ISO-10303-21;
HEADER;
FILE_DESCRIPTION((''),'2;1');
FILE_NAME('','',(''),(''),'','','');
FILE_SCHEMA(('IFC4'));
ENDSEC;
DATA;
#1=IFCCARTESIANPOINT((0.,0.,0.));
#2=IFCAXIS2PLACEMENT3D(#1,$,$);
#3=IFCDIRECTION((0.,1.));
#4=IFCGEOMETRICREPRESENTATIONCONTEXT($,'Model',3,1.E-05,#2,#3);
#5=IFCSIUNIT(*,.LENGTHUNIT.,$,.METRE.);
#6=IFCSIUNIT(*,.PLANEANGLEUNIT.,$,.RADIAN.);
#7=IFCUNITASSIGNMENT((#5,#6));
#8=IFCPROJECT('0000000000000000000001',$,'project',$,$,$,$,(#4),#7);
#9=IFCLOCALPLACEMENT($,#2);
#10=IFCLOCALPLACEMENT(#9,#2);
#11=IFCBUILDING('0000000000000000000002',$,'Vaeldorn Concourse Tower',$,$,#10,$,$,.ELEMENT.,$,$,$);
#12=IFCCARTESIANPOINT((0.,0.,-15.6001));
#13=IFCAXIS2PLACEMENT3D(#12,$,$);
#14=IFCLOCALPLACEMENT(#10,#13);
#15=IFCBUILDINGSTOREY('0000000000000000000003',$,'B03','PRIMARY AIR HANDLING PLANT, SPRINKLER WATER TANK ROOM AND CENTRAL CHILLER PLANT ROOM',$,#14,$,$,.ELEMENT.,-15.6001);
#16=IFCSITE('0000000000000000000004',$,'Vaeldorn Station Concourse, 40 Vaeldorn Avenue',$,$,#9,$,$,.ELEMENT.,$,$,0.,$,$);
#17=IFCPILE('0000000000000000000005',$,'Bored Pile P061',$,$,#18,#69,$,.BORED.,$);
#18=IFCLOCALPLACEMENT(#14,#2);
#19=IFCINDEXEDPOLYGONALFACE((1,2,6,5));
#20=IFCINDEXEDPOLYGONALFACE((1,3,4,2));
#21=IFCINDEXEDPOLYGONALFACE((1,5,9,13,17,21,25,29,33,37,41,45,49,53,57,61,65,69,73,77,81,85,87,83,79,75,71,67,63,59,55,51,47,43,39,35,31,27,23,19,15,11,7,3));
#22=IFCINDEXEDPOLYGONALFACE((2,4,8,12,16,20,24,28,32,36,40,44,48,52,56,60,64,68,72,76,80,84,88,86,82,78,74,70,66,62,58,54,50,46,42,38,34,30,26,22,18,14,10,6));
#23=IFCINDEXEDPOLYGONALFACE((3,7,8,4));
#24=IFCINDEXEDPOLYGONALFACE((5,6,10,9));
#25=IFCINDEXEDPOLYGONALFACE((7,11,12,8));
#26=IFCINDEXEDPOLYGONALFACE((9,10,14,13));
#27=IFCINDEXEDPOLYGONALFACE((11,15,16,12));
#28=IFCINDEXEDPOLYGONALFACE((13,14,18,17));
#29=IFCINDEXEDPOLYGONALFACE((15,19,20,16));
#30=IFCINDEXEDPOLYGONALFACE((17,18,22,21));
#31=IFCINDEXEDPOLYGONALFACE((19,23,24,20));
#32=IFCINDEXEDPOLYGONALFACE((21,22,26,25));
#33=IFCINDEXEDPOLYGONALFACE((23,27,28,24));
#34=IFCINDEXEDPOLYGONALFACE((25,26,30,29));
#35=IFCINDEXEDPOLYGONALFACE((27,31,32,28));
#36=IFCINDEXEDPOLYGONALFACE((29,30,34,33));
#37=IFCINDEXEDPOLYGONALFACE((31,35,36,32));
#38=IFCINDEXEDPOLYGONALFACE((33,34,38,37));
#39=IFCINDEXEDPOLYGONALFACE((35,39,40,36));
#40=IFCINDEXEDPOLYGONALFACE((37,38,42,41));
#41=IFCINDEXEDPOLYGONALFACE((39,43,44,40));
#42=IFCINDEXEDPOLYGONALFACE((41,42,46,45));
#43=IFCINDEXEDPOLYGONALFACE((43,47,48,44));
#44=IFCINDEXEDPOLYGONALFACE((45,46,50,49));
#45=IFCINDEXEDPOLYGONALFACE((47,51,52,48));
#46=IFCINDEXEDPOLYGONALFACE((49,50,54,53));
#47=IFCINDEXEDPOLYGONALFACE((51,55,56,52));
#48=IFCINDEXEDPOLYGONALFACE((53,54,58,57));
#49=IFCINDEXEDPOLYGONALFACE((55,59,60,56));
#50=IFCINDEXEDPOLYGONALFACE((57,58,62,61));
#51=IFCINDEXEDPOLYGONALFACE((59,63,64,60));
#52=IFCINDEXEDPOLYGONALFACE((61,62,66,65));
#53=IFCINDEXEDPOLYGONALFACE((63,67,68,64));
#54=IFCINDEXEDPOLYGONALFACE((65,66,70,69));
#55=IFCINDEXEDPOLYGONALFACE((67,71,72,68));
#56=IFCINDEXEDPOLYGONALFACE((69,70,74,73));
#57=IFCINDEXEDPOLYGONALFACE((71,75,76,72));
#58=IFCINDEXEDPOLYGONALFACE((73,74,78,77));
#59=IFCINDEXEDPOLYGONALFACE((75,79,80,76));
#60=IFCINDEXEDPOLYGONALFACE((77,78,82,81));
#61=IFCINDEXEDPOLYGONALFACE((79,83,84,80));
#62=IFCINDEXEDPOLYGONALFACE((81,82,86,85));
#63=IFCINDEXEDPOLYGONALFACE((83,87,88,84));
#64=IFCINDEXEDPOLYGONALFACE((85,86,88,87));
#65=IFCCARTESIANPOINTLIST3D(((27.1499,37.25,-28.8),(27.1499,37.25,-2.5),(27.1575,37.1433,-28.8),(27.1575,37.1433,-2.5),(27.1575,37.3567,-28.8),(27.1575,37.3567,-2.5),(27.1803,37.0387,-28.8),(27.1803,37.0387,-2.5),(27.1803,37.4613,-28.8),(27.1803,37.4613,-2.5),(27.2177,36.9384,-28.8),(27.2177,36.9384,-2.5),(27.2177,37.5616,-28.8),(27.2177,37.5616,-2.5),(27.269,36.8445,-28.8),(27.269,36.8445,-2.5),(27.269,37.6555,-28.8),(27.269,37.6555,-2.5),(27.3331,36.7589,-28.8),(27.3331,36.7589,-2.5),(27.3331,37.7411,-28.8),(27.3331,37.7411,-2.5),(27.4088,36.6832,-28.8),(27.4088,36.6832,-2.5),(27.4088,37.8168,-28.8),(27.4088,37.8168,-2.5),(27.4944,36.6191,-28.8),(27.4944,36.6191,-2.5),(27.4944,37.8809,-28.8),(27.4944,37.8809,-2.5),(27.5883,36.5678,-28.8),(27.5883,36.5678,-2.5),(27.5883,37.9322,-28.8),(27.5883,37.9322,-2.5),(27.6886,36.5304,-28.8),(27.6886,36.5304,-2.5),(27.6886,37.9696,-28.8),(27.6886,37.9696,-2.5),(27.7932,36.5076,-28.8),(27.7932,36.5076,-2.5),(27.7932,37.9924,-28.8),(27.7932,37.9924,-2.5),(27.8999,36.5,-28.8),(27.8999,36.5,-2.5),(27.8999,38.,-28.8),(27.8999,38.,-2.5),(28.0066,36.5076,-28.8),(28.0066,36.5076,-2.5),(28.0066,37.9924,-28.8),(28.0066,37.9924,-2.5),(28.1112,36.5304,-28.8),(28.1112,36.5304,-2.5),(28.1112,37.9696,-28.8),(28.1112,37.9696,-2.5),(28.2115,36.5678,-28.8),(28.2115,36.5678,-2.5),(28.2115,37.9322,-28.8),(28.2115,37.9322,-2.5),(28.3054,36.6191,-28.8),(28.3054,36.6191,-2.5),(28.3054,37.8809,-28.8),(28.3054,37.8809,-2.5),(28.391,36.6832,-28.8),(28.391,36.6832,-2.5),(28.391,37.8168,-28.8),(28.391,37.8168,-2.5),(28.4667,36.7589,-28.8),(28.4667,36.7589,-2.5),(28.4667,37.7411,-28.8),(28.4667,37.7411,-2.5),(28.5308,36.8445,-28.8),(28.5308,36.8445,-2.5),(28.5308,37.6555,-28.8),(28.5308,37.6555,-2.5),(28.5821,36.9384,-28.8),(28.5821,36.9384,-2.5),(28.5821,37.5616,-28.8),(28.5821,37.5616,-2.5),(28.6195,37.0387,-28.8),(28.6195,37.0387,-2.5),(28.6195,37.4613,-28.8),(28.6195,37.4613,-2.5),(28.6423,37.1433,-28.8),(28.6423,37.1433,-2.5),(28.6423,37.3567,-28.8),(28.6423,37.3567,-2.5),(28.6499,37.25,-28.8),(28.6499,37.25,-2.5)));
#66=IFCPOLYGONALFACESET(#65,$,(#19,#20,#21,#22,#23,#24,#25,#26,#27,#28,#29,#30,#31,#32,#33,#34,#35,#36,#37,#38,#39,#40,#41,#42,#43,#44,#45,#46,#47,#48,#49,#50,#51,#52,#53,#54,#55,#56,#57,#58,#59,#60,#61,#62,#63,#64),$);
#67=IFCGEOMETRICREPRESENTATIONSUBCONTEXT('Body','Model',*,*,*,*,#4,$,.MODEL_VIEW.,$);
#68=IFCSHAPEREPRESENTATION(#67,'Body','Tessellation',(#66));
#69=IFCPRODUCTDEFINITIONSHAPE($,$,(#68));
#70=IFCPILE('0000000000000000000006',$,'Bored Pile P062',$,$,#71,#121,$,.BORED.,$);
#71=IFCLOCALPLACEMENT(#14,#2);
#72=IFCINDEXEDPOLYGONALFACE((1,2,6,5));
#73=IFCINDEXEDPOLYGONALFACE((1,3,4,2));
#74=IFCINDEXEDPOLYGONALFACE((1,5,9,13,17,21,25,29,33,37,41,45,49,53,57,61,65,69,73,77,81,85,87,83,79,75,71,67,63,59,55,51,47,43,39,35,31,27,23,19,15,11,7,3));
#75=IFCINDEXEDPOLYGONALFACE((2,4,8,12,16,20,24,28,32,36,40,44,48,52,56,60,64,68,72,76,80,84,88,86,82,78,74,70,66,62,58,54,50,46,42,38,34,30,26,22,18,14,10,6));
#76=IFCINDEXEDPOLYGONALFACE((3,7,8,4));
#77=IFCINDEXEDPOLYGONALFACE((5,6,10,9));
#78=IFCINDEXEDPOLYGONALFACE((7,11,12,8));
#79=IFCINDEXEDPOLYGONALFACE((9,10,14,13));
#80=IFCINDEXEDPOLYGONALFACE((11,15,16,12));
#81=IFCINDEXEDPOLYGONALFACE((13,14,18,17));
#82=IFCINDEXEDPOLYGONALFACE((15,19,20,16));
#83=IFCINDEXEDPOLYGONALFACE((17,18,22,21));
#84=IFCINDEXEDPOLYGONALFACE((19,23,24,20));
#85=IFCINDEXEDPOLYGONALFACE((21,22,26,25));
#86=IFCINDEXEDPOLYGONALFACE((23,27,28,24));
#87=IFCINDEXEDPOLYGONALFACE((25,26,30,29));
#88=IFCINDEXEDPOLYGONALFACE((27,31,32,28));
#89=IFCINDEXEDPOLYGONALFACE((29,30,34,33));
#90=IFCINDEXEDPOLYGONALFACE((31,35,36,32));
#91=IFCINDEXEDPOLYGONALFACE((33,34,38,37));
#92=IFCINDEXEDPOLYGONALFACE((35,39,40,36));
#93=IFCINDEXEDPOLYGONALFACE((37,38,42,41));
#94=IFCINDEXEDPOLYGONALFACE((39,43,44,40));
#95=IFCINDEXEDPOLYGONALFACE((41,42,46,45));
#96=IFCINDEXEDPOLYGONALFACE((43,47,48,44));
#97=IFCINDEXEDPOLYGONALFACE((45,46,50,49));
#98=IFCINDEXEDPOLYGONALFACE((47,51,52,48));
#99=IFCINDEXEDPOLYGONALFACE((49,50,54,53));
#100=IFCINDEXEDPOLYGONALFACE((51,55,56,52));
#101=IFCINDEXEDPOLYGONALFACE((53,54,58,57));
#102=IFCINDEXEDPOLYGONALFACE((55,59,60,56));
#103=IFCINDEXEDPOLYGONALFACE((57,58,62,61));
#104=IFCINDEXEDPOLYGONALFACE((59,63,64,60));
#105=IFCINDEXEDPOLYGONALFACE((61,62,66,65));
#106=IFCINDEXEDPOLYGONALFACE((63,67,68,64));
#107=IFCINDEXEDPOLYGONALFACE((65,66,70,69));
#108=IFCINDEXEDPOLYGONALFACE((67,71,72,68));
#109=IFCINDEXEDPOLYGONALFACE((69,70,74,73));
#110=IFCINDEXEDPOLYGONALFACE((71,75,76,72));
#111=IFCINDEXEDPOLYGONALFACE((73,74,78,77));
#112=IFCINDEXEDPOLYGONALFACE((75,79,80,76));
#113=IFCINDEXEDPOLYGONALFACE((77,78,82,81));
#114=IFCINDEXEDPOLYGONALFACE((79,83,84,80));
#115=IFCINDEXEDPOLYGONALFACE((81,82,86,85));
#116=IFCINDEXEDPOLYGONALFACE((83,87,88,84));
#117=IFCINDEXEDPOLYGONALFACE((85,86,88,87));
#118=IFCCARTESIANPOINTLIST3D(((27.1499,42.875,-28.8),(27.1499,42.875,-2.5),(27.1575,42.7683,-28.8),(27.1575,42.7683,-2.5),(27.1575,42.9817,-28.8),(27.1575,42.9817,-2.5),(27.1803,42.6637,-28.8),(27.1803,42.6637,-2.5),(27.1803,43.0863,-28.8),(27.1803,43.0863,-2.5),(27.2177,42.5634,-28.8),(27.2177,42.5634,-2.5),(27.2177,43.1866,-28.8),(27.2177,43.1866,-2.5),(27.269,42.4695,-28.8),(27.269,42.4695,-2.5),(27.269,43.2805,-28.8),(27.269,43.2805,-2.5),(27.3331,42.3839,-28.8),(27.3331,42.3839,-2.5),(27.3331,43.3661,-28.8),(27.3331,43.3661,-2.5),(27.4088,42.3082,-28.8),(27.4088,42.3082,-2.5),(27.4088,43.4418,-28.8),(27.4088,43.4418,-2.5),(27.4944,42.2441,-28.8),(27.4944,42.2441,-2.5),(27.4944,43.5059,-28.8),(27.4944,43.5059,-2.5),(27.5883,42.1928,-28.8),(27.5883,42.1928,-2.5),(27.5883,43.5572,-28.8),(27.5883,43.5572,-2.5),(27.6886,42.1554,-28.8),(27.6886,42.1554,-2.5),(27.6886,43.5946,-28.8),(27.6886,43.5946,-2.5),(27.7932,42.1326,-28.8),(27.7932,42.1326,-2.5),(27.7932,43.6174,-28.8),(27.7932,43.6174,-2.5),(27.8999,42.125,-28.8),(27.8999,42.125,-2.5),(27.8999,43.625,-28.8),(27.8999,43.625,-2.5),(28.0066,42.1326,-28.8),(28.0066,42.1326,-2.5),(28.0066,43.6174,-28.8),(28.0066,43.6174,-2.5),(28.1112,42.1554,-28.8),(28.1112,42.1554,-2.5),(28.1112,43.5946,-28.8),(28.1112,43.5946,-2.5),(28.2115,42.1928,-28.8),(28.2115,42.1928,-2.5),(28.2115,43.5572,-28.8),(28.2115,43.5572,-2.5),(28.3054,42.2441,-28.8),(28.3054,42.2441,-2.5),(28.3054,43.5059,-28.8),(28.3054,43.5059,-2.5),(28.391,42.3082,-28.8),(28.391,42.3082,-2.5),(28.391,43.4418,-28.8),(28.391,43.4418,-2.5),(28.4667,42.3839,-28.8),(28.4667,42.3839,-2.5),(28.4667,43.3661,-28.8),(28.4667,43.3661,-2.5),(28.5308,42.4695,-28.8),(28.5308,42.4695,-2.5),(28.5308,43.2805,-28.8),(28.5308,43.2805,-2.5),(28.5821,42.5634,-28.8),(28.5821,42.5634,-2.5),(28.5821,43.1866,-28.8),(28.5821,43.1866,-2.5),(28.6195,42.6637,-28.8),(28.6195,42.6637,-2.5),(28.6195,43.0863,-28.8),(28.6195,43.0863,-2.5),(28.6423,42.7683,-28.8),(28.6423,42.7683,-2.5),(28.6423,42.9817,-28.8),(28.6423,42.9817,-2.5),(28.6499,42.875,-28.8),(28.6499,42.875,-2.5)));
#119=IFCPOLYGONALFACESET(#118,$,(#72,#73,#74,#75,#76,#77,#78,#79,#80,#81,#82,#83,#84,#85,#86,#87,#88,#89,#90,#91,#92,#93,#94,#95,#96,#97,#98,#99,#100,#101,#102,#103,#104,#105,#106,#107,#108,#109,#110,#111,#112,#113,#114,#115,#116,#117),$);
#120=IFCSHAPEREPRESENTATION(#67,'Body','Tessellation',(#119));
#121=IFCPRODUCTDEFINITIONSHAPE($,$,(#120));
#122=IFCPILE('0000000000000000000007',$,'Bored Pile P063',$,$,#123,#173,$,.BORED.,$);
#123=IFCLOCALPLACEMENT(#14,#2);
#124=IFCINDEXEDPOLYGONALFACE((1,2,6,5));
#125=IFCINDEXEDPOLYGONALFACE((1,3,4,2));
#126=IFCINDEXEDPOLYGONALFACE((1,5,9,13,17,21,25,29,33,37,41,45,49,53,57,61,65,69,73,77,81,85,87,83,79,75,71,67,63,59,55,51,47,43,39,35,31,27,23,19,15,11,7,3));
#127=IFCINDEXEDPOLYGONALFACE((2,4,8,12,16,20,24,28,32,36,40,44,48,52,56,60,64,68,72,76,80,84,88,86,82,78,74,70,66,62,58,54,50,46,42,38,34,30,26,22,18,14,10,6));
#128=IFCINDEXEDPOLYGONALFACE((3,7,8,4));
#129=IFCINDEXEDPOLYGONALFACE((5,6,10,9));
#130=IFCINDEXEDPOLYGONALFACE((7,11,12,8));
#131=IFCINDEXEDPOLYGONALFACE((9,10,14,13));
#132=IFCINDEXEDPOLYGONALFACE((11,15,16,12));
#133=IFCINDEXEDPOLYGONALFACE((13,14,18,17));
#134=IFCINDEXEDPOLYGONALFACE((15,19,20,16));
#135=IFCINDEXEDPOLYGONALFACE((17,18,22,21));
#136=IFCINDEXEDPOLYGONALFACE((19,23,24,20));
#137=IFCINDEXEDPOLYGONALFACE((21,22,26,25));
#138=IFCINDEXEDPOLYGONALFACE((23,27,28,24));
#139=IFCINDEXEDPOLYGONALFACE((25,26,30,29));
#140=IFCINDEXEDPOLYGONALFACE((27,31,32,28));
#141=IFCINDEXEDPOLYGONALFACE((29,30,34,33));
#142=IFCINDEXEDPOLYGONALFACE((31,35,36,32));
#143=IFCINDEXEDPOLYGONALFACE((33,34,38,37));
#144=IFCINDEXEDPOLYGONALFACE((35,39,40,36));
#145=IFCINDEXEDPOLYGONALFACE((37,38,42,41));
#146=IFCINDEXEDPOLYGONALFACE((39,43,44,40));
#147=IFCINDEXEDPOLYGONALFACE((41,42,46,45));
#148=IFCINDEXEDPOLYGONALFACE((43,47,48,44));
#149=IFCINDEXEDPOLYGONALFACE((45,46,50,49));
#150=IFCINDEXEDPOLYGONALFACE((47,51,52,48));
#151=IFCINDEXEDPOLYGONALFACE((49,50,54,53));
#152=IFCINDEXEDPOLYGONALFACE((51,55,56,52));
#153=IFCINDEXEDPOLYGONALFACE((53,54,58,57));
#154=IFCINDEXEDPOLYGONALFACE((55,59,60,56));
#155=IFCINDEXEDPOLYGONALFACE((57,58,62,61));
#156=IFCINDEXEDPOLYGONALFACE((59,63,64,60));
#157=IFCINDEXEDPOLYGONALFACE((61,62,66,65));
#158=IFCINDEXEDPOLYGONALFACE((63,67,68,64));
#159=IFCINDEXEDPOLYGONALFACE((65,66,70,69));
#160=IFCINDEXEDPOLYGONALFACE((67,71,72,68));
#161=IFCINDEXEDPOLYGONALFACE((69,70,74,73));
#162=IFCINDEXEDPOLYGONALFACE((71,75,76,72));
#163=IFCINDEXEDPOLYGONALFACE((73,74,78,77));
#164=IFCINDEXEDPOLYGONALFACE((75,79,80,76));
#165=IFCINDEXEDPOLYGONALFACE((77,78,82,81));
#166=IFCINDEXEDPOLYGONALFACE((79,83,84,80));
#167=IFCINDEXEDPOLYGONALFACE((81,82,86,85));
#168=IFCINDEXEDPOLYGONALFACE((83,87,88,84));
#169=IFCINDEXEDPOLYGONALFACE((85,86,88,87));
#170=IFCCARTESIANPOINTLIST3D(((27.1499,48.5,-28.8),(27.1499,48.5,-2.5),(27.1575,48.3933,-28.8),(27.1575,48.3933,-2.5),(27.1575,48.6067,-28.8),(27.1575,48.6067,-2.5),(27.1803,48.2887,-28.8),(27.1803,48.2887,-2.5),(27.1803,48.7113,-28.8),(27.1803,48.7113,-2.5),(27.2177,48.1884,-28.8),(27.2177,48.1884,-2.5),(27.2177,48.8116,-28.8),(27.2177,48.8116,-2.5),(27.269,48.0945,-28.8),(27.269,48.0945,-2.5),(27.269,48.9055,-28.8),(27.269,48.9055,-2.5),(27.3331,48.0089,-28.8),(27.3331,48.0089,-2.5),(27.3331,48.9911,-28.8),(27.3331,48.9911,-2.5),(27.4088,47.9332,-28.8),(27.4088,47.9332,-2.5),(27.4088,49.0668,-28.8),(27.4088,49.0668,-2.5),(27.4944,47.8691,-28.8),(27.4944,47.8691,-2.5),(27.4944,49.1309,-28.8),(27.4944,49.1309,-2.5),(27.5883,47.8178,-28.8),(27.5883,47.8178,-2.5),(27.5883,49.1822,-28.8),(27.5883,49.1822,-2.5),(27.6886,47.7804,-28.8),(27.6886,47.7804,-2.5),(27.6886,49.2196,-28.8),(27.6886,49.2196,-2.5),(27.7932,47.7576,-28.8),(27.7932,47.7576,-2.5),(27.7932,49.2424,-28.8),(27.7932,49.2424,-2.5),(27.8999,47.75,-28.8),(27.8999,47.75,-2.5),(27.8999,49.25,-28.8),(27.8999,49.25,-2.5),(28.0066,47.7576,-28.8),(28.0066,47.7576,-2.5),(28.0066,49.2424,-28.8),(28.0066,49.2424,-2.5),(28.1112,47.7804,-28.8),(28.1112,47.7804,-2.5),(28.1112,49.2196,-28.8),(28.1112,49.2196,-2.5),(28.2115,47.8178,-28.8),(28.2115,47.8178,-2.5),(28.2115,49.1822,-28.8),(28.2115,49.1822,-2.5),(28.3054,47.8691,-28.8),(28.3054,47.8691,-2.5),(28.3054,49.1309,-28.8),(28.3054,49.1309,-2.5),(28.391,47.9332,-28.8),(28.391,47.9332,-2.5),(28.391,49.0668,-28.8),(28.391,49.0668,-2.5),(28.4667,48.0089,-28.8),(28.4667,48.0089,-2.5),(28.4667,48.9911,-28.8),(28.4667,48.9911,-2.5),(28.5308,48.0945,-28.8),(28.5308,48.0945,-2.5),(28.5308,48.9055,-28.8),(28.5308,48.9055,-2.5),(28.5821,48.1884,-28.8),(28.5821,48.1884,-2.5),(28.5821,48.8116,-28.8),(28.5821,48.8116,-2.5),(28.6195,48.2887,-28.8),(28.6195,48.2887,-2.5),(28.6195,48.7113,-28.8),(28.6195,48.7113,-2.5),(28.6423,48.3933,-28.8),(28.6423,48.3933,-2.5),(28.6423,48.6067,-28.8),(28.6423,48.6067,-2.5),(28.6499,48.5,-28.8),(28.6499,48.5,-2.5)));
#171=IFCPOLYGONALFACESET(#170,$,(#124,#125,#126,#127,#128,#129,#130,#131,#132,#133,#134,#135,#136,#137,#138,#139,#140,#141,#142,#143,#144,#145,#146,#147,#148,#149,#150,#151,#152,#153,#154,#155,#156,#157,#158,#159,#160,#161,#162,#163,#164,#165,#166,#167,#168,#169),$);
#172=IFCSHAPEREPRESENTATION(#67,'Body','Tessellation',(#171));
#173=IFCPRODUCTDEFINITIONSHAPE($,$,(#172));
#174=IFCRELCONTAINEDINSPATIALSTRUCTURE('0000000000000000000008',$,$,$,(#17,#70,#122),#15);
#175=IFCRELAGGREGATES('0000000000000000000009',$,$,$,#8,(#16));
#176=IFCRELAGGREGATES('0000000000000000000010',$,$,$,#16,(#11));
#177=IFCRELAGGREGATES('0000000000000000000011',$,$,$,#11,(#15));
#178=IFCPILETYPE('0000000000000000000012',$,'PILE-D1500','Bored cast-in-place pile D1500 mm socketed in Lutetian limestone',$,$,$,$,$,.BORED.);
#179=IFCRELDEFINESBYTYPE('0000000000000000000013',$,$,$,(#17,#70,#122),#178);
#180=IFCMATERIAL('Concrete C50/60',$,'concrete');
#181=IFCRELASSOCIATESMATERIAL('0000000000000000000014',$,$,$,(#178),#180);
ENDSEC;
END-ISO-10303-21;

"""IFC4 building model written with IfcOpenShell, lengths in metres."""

from ifc_helpers import new_model, si_unit, direction, frame, origin, origin_2d, place, context, subcontext, project, spatial, circle, extrude, material, material_profile, profile_set, type_object, element, save


model = new_model("IFC4")

# Units and contexts
model_context = context("Model", 3, precision=1e-05, world=origin(), true_north=direction((0.0, 1.0)))
body_context = subcontext(model_context, "Body", "Model", "MODEL_VIEW")
ifc_project = project(units=[si_unit("LENGTHUNIT", "METRE"), si_unit("PLANEANGLEUNIT", "RADIAN")], contexts=[model_context])

# Site, building, storey
site_placement = place(None, origin())
site = spatial("IfcSite", under=ifc_project, at=site_placement, Name="Vaeldorn Station Concourse, 40 Vaeldorn Avenue", CompositionType="ELEMENT", RefElevation=0.0)
building_placement = place(site_placement, origin())
building = spatial("IfcBuilding", under=site, at=building_placement, Name="Vaeldorn Concourse Tower", CompositionType="ELEMENT")
storey_placement = place(building_placement, frame((0.0, 0.0, -15.6001)))
storey = spatial("IfcBuildingStorey", under=building, at=storey_placement, Name="B03", Description="PRIMARY AIR HANDLING PLANT, SPRINKLER WATER TANK ROOM AND CENTRAL CHILLER PLANT ROOM", CompositionType="ELEMENT", Elevation=-15.6001)

# Piles
ifc_material_1 = material(Name="Concrete C50/60", Category="concrete")
ifc_material_profile_1 = material_profile(ifc_material_1, circle(Radius=0.75, at=origin_2d()), Name="BORED PILE D1500")
ifc_profile_set_1 = profile_set([ifc_material_profile_1], Name="Concrete C50/60")
pile_type = type_object("IfcPileType", Name="PILE-D1500", Description="Bored cast-in-place pile D1500 mm socketed in Lutetian limestone", PredefinedType="BORED", material=ifc_profile_set_1)
for number, where, z_axis, x_axis, name in (
    (1, (27.8999, 37.25, -2.5), (0.0, 0.0, -1.0), (1.0, 0.0, 0.0), "Bored Pile P061"),
    (2, (27.8999, 42.875, -2.5), (0.0, 0.0, -1.0), (1.0, 0.0, 0.0), "Bored Pile P062"),
    (3, (27.8999, 48.5, -2.5), (0.0, 0.0, -1.0), (1.0, 0.0, 0.0), "Bored Pile P063"),
):
    element("IfcPile", number, at=place(storey_placement, frame(where, z_axis=z_axis, x_axis=x_axis)), inside=storey, type_object=pile_type, Name=name, PredefinedType="BORED", context=body_context, shape_type="SweptSolid", body=[
        extrude(circle(Radius=0.75, at=origin_2d()), origin(), (0.0, 0.0, 1.0), 26.3),
    ])

save(model, "model.ifc")
